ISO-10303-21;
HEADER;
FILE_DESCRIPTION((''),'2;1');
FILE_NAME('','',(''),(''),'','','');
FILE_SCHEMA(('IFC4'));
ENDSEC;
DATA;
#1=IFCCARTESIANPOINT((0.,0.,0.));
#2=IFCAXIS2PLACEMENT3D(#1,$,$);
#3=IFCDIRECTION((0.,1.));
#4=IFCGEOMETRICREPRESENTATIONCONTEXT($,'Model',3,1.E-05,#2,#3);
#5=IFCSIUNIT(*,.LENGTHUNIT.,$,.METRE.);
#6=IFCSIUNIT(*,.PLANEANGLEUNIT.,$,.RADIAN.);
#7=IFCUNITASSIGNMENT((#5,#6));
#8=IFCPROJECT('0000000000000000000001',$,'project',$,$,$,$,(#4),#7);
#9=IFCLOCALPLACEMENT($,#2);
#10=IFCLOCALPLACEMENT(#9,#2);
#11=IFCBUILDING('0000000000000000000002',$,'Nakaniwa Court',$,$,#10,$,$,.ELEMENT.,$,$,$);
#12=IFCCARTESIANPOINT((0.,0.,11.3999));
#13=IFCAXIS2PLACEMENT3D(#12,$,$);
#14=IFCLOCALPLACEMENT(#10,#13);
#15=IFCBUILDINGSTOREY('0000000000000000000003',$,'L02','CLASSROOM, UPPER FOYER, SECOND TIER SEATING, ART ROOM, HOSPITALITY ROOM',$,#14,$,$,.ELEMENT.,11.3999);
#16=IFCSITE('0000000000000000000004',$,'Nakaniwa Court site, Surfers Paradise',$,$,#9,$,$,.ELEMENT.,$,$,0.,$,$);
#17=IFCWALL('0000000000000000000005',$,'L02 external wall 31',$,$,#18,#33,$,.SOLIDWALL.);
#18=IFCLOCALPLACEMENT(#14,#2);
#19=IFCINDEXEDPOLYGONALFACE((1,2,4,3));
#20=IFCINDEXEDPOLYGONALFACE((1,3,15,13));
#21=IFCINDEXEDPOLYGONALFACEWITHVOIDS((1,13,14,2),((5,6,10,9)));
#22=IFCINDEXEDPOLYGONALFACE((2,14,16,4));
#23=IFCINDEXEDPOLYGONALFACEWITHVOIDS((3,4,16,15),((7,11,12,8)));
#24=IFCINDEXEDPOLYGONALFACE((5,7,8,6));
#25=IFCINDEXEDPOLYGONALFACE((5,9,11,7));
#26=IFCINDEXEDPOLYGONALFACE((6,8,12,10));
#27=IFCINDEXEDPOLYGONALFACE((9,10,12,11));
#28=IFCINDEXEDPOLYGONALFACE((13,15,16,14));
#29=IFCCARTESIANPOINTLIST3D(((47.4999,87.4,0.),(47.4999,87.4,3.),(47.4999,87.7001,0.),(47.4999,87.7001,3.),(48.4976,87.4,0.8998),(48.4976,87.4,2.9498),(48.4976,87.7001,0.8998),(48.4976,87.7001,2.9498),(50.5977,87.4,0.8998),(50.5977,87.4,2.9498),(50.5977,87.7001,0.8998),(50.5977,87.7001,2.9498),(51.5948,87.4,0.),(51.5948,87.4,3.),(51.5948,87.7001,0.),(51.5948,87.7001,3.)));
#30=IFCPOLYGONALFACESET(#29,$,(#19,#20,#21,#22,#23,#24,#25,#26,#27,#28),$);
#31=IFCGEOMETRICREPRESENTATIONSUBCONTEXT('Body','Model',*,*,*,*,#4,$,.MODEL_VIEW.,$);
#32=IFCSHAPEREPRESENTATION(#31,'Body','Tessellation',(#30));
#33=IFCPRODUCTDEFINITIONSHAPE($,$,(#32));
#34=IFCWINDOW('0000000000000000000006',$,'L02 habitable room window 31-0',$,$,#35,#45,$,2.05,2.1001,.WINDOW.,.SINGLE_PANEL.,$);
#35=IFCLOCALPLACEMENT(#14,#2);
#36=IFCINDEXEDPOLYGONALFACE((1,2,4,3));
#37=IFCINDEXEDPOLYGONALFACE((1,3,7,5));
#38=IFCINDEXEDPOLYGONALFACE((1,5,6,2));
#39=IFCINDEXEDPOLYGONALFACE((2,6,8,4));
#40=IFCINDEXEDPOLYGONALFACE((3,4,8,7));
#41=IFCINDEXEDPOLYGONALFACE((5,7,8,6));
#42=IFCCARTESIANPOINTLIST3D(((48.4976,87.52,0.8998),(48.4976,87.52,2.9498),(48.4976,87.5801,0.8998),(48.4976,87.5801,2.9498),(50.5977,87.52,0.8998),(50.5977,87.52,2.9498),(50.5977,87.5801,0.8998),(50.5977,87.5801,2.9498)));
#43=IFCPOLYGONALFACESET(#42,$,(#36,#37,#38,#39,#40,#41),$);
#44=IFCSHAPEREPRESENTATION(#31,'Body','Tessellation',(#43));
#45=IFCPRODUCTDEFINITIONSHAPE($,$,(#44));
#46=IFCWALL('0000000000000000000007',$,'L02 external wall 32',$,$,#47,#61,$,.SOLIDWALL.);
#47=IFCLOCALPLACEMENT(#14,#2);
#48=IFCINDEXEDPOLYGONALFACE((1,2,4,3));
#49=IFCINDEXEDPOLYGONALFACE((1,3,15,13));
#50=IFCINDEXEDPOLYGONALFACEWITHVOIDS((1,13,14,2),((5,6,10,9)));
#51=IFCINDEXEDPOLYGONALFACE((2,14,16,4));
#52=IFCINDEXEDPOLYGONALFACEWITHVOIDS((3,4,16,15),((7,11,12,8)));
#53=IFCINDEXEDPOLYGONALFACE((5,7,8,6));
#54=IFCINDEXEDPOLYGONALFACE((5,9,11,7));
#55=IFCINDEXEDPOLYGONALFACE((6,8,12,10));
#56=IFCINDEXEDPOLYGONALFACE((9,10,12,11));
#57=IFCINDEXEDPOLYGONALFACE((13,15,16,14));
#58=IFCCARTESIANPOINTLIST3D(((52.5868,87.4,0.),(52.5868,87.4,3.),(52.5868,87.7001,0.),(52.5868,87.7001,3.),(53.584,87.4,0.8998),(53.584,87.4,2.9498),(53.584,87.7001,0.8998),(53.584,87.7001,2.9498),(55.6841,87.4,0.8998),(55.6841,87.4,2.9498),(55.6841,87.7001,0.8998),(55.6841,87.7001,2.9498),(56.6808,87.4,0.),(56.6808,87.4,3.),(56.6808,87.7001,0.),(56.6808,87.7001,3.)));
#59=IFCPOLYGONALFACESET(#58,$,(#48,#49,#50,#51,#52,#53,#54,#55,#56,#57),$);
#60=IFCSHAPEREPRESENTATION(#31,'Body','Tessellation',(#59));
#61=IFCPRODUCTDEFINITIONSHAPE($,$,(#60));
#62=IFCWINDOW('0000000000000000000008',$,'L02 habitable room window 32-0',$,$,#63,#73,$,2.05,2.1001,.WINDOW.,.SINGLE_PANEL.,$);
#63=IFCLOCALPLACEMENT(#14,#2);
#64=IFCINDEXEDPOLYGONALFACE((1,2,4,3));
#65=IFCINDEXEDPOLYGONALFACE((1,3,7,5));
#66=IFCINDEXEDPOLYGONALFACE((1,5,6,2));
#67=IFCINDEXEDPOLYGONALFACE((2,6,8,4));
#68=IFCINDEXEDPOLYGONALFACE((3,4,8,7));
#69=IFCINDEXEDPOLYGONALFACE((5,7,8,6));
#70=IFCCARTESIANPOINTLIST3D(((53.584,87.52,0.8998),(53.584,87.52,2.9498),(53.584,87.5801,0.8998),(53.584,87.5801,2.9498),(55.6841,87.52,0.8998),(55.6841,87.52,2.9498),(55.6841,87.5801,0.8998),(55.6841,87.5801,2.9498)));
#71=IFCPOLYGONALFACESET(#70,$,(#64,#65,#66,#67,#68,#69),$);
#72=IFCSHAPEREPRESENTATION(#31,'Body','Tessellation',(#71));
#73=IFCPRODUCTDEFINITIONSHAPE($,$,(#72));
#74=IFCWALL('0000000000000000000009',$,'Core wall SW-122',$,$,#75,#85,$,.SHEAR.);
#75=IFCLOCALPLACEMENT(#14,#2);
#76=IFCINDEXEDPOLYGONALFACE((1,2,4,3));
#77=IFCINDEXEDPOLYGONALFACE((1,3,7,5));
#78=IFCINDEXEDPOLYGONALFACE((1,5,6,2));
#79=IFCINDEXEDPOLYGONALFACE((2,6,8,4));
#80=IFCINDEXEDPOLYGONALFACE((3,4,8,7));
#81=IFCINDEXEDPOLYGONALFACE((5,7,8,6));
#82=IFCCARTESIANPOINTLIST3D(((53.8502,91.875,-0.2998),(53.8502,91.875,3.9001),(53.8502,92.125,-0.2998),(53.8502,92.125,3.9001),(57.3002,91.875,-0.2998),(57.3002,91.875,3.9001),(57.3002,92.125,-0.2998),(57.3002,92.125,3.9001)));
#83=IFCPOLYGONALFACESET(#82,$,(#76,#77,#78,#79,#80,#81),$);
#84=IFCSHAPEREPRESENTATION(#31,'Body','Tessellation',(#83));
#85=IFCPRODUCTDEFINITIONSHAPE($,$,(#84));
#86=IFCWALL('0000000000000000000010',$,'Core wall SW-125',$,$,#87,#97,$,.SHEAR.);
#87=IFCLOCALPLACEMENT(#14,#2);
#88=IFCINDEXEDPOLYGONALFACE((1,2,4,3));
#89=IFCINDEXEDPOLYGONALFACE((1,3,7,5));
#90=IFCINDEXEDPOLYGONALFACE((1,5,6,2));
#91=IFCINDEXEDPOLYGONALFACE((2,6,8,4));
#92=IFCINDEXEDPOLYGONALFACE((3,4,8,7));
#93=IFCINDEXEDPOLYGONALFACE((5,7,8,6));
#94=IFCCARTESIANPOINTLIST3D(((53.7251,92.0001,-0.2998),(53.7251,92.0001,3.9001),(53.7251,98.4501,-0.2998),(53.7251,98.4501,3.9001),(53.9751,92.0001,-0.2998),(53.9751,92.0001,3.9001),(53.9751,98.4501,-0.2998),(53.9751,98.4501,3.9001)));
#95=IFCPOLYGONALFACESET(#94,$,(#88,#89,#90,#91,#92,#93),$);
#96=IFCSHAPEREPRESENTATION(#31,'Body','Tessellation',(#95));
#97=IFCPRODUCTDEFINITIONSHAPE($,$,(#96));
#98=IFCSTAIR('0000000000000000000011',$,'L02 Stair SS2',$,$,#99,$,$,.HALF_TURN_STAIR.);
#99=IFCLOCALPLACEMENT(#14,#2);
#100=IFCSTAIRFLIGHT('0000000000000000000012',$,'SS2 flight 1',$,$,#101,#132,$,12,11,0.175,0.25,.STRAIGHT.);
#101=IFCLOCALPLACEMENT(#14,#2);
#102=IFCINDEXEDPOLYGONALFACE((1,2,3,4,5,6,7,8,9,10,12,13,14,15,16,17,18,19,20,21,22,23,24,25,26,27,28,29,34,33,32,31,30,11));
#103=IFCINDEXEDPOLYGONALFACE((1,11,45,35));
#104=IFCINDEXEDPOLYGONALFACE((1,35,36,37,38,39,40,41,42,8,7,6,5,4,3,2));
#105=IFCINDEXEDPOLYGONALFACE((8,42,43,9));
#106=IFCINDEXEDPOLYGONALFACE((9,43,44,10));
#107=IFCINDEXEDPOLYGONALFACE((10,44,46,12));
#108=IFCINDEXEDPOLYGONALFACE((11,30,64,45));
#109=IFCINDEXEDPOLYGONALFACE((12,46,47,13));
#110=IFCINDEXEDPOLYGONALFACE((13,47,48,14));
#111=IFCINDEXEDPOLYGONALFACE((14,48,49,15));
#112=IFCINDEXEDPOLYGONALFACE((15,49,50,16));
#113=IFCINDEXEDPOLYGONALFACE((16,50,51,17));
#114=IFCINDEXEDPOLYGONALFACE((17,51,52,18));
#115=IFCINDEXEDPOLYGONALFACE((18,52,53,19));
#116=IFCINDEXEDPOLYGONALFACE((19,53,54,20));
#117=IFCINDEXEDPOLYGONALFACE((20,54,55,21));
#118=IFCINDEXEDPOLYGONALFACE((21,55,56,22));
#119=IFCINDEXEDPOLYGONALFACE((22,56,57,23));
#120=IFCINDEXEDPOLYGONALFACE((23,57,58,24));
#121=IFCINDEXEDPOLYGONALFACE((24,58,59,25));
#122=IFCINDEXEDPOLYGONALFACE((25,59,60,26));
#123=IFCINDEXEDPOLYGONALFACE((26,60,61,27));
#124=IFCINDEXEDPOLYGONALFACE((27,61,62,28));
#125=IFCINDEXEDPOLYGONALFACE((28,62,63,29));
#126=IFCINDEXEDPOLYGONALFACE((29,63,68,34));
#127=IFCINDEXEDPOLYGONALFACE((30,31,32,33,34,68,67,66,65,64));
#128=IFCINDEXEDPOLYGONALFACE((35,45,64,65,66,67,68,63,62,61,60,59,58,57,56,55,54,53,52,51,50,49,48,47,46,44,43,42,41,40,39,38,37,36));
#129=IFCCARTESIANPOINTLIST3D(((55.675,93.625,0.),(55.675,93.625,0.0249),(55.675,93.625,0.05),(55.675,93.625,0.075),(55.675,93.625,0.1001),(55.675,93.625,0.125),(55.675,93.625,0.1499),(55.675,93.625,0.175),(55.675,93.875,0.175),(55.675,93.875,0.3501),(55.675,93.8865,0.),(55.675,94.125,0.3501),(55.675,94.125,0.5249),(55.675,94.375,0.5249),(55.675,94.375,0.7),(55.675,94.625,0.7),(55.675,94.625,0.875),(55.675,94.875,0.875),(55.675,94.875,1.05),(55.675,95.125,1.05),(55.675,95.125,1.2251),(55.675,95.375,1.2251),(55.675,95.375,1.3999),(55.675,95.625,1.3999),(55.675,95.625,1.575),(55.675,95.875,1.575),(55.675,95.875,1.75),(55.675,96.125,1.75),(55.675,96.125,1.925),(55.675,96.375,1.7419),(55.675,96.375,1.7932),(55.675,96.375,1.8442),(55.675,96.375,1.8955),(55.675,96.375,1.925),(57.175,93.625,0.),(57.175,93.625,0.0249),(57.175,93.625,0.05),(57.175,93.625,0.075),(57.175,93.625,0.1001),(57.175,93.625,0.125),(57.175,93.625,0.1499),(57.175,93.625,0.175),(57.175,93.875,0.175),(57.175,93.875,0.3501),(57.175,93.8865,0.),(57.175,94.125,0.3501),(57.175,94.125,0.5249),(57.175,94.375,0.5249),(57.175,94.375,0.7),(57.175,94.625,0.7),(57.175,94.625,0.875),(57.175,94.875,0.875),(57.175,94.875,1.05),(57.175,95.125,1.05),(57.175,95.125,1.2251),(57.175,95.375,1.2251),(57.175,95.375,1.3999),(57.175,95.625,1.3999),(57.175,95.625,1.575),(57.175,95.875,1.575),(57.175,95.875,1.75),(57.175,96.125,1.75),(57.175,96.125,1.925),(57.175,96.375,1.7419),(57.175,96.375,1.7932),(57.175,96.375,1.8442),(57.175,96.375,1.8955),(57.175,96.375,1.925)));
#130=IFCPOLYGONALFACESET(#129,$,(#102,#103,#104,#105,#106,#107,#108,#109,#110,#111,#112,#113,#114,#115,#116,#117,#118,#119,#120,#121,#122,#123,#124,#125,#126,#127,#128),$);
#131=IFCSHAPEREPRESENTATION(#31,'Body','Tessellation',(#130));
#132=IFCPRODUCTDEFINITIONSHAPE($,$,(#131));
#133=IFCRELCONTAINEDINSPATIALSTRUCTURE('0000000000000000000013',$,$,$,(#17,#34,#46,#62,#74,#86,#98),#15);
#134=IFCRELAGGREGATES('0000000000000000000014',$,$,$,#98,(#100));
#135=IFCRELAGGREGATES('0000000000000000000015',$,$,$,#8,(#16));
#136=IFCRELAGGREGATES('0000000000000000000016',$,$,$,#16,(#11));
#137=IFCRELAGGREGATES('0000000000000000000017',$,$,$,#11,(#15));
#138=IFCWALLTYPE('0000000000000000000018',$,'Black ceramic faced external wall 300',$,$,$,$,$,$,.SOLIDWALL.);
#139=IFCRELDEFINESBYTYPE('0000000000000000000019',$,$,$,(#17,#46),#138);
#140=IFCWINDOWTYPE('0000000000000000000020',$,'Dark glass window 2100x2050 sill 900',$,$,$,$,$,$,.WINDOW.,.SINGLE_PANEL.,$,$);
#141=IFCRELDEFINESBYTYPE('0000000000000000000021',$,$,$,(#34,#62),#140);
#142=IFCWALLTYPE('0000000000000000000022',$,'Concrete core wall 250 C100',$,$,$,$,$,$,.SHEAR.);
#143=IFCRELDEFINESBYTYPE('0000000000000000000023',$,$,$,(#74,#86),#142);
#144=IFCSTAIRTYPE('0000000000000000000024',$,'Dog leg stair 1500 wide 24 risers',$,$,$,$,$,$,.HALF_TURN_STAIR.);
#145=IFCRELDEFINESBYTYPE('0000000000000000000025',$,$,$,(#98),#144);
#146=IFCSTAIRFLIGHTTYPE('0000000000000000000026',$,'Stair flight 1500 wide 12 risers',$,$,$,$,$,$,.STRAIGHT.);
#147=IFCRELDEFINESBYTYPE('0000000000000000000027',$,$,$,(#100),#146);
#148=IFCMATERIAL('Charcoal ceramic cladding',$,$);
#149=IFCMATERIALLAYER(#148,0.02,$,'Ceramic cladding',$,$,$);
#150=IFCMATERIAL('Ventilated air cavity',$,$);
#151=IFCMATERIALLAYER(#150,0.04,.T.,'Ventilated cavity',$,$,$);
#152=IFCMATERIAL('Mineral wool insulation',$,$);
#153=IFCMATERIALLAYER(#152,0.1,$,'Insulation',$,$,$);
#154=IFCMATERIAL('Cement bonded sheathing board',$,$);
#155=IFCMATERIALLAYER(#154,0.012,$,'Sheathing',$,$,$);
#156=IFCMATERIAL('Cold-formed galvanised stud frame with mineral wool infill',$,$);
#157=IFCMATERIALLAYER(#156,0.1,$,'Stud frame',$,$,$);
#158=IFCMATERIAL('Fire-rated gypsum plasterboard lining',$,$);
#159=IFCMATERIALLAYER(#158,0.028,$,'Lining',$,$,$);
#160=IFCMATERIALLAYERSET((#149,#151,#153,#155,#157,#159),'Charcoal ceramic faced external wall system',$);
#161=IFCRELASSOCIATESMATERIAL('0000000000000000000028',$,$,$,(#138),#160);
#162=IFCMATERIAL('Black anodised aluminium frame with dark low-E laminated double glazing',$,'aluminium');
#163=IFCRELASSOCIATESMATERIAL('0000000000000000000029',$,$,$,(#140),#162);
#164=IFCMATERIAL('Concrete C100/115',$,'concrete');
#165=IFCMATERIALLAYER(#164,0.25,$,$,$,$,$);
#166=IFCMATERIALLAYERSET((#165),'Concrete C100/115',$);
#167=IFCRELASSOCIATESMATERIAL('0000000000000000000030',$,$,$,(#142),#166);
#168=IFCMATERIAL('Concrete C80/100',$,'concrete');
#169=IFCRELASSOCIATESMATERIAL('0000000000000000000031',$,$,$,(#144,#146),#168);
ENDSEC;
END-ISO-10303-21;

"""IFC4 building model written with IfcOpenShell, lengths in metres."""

from ifc_helpers import new_model, si_unit, direction, frame, frame_2d, origin, place, context, subcontext, project, spatial, polyline, rectangle, outline, extrude, material, layer, layer_set, type_object, element, fill, aggregate, save


model = new_model("IFC4")

# Units and contexts
model_context = context("Model", 3, precision=1e-05, world=origin(), true_north=direction((0.0, 1.0)))
body_context = subcontext(model_context, "Body", "Model", "MODEL_VIEW")
ifc_project = project(units=[si_unit("LENGTHUNIT", "METRE"), si_unit("PLANEANGLEUNIT", "RADIAN")], contexts=[model_context])

# Site, building, storey
site_placement = place(None, origin())
site = spatial("IfcSite", under=ifc_project, at=site_placement, Name="Nakaniwa Court site, Surfers Paradise", CompositionType="ELEMENT", RefElevation=0.0)
building_placement = place(site_placement, origin())
building = spatial("IfcBuilding", under=site, at=building_placement, Name="Nakaniwa Court", CompositionType="ELEMENT")
storey_placement = place(building_placement, frame((0.0, 0.0, 11.3999)))
storey = spatial("IfcBuildingStorey", under=building, at=storey_placement, Name="L02", Description="CLASSROOM, UPPER FOYER, SECOND TIER SEATING, ART ROOM, HOSPITALITY ROOM", CompositionType="ELEMENT", Elevation=11.3999)

# Shared definitions
ifc_material_1 = material(Name="Concrete C100/115", Category="concrete")

# Walls, openings, windows
ifc_material_2 = material(Name="Charcoal ceramic cladding")
ifc_layer_1 = layer(ifc_material_2, 0.02, Name="Ceramic cladding")
ifc_material_3 = material(Name="Ventilated air cavity")
ifc_layer_2 = layer(ifc_material_3, 0.04, ventilated=True, Name="Ventilated cavity")
ifc_material_4 = material(Name="Mineral wool insulation")
ifc_layer_3 = layer(ifc_material_4, 0.1, Name="Insulation")
ifc_material_5 = material(Name="Cement bonded sheathing board")
ifc_layer_4 = layer(ifc_material_5, 0.012, Name="Sheathing")
ifc_material_6 = material(Name="Cold-formed galvanised stud frame with mineral wool infill")
ifc_layer_5 = layer(ifc_material_6, 0.1, Name="Stud frame")
ifc_material_7 = material(Name="Fire-rated gypsum plasterboard lining")
ifc_layer_6 = layer(ifc_material_7, 0.028, Name="Lining")
ifc_layer_set_1 = layer_set([ifc_layer_1, ifc_layer_2, ifc_layer_3, ifc_layer_4, ifc_layer_5, ifc_layer_6], Name="Charcoal ceramic faced external wall system")
wall_type_1 = type_object("IfcWallType", Name="Black ceramic faced external wall 300", PredefinedType="SOLIDWALL", material=ifc_layer_set_1)
ifc_material_8 = material(Name="Black anodised aluminium frame with dark low-E laminated double glazing", Category="aluminium")
window_type_1 = type_object("IfcWindowType", Name="Dark glass window 2100x2050 sill 900", PartitioningType="SINGLE_PANEL", PredefinedType="WINDOW", material=ifc_material_8)
wall_1_placement = place(storey_placement, frame((47.5, 87.55, 0.0), z_axis=(0.0, 0.0, 1.0), x_axis=(1.0, 0.0, 0.0)))
wall_1 = element("IfcWall", 1, at=wall_1_placement, inside=storey, type_object=wall_type_1, Name="L02 external wall 31", PredefinedType="SOLIDWALL", context=body_context, shape_type="SweptSolid", body=[
    extrude(rectangle(XDim=4.095, YDim=0.3, at=frame_2d((2.0474, 0.0))), origin(), (0.0, 0.0, 1.0), 3.0),
])
opening_1_placement = place(wall_1_placement, frame((0.9976, 0.0, 0.8999)))
opening_1 = element("IfcOpeningElement", 2, at=opening_1_placement, cuts=wall_1, PredefinedType="OPENING", context=body_context, shape_type="SweptSolid", body=[
    extrude(rectangle(XDim=2.1001, YDim=2.05, at=frame_2d((1.05, 1.0249))), frame((0.0, 0.1599, 0.0), z_axis=(0.0, -1.0, 0.0), x_axis=(1.0, 0.0, 0.0)), (0.0, 0.0, 1.0), 0.3201),
])
window_1_placement = place(opening_1_placement, origin())
window_1 = element("IfcWindow", 3, at=window_1_placement, inside=storey, type_object=window_type_1, Name="L02 habitable room window 31-0", OverallHeight=2.05, OverallWidth=2.1001, PartitioningType="SINGLE_PANEL", PredefinedType="WINDOW", context=body_context, shape_type="SweptSolid", body=[
    extrude(rectangle(XDim=2.1001, YDim=2.05, at=frame_2d((1.05, 1.0249))), frame((0.0, 0.03, 0.0), z_axis=(0.0, -1.0, 0.0), x_axis=(1.0, 0.0, 0.0)), (0.0, 0.0, 1.0), 0.0601),
])
fill(opening_1, window_1)
wall_2_placement = place(storey_placement, frame((52.5869, 87.55, 0.0), z_axis=(0.0, 0.0, 1.0), x_axis=(1.0, 0.0, 0.0)))
wall_2 = element("IfcWall", 4, at=wall_2_placement, inside=storey, type_object=wall_type_1, Name="L02 external wall 32", PredefinedType="SOLIDWALL", context=body_context, shape_type="SweptSolid", body=[
    extrude(rectangle(XDim=4.094, YDim=0.3, at=frame_2d((2.0469, 0.0))), origin(), (0.0, 0.0, 1.0), 3.0),
])
opening_2_placement = place(wall_2_placement, frame((0.9971, 0.0, 0.8999)))
opening_2 = element("IfcOpeningElement", 5, at=opening_2_placement, cuts=wall_2, PredefinedType="OPENING", context=body_context, shape_type="SweptSolid", body=[
    extrude(rectangle(XDim=2.1001, YDim=2.05, at=frame_2d((1.05, 1.0249))), frame((0.0, 0.1599, 0.0), z_axis=(0.0, -1.0, 0.0), x_axis=(1.0, 0.0, 0.0)), (0.0, 0.0, 1.0), 0.3201),
])
window_2_placement = place(opening_2_placement, origin())
window_2 = element("IfcWindow", 6, at=window_2_placement, inside=storey, type_object=window_type_1, Name="L02 habitable room window 32-0", OverallHeight=2.05, OverallWidth=2.1001, PartitioningType="SINGLE_PANEL", PredefinedType="WINDOW", context=body_context, shape_type="SweptSolid", body=[
    extrude(rectangle(XDim=2.1001, YDim=2.05, at=frame_2d((1.05, 1.0249))), frame((0.0, 0.03, 0.0), z_axis=(0.0, -1.0, 0.0), x_axis=(1.0, 0.0, 0.0)), (0.0, 0.0, 1.0), 0.0601),
])
fill(opening_2, window_2)

# Walls
ifc_layer_7 = layer(ifc_material_1, 0.25)
ifc_layer_set_2 = layer_set([ifc_layer_7], Name="Concrete C100/115")
wall_type_2 = type_object("IfcWallType", Name="Concrete core wall 250 C100", PredefinedType="SHEAR", material=ifc_layer_set_2)
wall_3_placement = place(storey_placement, frame((53.8501, 92.0, -0.2998), z_axis=(0.0, 0.0, 1.0), x_axis=(1.0, 0.0, 0.0)))
element("IfcWall", 7, at=wall_3_placement, inside=storey, type_object=wall_type_2, Name="Core wall SW-122", PredefinedType="SHEAR", context=body_context, shape_type="SweptSolid", body=[
    extrude(rectangle(XDim=3.45, YDim=0.25, at=frame_2d((1.7251, 0.0))), origin(), (0.0, 0.0, 1.0), 4.2),
])
wall_4_placement = place(storey_placement, frame((53.8501, 92.0, -0.2998), z_axis=(0.0, 0.0, 1.0), x_axis=(0.0, 1.0, 0.0)))
element("IfcWall", 8, at=wall_4_placement, inside=storey, type_object=wall_type_2, Name="Core wall SW-125", PredefinedType="SHEAR", context=body_context, shape_type="SweptSolid", body=[
    extrude(rectangle(XDim=6.45, YDim=0.25, at=frame_2d((3.2251, 0.0))), origin(), (0.0, 0.0, 1.0), 4.2),
])

# Stair, stair flight
ifc_material_9 = material(Name="Concrete C80/100", Category="concrete")
stair_type = type_object("IfcStairType", Name="Dog leg stair 1500 wide 24 risers", PredefinedType="HALF_TURN_STAIR", material=ifc_material_9)
stair_placement = place(storey_placement, origin())
stair = element("IfcStair", 9, at=stair_placement, inside=storey, type_object=stair_type, Name="L02 Stair SS2", PredefinedType="HALF_TURN_STAIR")
stair_flight_type = type_object("IfcStairFlightType", Name="Stair flight 1500 wide 12 risers", PredefinedType="STRAIGHT", material=ifc_material_9)
stair_flight_1_placement = place(storey_placement, frame((56.425, 93.625, 0.0), z_axis=(0.0, 0.0, 1.0), x_axis=(0.0, 1.0, 0.0)))
stair_flight_1 = element("IfcStairFlight", 10, at=stair_flight_1_placement, type_object=stair_flight_type, Name="SS2 flight 1", NumberOfRisers=12, NumberOfTreads=11, PredefinedType="STRAIGHT", RiserHeight=0.175, TreadLength=0.25, context=body_context, shape_type="SweptSolid", body=[
    extrude(outline(polyline([(0.0, 0.0), (0.0, 0.0249), (0.0, 0.05), (0.0, 0.075), (0.0, 0.1001), (0.0, 0.125), (0.0, 0.1499), (0.0, 0.175), (0.25, 0.175), (0.25, 0.3501), (0.5, 0.3501), (0.5, 0.5249), (0.75, 0.5249), (0.75, 0.7), (1.0, 0.7), (1.0, 0.875), (1.25, 0.875), (1.25, 1.05), (1.5, 1.05), (1.5, 1.2251), (1.75, 1.2251), (1.75, 1.3999), (2.0, 1.3999), (2.0, 1.575), (2.25, 1.575), (2.25, 1.75), (2.5, 1.75), (2.5, 1.925), (2.75, 1.925), (2.75, 2.1001), (2.75, 2.0488), (2.75, 1.9978), (2.75, 1.9465), (2.75, 1.8955), (2.75, 1.8442), (2.75, 1.7932), (2.75, 1.7419), (0.2615, 0.0), (0.0, 0.0)])), frame((0.0, 0.75, 0.0), z_axis=(0.0, -1.0, 0.0), x_axis=(1.0, 0.0, 0.0)), (0.0, 0.0, 1.0), 1.5),
])
aggregate(stair, [stair_flight_1])

save(model, "model.ifc")
